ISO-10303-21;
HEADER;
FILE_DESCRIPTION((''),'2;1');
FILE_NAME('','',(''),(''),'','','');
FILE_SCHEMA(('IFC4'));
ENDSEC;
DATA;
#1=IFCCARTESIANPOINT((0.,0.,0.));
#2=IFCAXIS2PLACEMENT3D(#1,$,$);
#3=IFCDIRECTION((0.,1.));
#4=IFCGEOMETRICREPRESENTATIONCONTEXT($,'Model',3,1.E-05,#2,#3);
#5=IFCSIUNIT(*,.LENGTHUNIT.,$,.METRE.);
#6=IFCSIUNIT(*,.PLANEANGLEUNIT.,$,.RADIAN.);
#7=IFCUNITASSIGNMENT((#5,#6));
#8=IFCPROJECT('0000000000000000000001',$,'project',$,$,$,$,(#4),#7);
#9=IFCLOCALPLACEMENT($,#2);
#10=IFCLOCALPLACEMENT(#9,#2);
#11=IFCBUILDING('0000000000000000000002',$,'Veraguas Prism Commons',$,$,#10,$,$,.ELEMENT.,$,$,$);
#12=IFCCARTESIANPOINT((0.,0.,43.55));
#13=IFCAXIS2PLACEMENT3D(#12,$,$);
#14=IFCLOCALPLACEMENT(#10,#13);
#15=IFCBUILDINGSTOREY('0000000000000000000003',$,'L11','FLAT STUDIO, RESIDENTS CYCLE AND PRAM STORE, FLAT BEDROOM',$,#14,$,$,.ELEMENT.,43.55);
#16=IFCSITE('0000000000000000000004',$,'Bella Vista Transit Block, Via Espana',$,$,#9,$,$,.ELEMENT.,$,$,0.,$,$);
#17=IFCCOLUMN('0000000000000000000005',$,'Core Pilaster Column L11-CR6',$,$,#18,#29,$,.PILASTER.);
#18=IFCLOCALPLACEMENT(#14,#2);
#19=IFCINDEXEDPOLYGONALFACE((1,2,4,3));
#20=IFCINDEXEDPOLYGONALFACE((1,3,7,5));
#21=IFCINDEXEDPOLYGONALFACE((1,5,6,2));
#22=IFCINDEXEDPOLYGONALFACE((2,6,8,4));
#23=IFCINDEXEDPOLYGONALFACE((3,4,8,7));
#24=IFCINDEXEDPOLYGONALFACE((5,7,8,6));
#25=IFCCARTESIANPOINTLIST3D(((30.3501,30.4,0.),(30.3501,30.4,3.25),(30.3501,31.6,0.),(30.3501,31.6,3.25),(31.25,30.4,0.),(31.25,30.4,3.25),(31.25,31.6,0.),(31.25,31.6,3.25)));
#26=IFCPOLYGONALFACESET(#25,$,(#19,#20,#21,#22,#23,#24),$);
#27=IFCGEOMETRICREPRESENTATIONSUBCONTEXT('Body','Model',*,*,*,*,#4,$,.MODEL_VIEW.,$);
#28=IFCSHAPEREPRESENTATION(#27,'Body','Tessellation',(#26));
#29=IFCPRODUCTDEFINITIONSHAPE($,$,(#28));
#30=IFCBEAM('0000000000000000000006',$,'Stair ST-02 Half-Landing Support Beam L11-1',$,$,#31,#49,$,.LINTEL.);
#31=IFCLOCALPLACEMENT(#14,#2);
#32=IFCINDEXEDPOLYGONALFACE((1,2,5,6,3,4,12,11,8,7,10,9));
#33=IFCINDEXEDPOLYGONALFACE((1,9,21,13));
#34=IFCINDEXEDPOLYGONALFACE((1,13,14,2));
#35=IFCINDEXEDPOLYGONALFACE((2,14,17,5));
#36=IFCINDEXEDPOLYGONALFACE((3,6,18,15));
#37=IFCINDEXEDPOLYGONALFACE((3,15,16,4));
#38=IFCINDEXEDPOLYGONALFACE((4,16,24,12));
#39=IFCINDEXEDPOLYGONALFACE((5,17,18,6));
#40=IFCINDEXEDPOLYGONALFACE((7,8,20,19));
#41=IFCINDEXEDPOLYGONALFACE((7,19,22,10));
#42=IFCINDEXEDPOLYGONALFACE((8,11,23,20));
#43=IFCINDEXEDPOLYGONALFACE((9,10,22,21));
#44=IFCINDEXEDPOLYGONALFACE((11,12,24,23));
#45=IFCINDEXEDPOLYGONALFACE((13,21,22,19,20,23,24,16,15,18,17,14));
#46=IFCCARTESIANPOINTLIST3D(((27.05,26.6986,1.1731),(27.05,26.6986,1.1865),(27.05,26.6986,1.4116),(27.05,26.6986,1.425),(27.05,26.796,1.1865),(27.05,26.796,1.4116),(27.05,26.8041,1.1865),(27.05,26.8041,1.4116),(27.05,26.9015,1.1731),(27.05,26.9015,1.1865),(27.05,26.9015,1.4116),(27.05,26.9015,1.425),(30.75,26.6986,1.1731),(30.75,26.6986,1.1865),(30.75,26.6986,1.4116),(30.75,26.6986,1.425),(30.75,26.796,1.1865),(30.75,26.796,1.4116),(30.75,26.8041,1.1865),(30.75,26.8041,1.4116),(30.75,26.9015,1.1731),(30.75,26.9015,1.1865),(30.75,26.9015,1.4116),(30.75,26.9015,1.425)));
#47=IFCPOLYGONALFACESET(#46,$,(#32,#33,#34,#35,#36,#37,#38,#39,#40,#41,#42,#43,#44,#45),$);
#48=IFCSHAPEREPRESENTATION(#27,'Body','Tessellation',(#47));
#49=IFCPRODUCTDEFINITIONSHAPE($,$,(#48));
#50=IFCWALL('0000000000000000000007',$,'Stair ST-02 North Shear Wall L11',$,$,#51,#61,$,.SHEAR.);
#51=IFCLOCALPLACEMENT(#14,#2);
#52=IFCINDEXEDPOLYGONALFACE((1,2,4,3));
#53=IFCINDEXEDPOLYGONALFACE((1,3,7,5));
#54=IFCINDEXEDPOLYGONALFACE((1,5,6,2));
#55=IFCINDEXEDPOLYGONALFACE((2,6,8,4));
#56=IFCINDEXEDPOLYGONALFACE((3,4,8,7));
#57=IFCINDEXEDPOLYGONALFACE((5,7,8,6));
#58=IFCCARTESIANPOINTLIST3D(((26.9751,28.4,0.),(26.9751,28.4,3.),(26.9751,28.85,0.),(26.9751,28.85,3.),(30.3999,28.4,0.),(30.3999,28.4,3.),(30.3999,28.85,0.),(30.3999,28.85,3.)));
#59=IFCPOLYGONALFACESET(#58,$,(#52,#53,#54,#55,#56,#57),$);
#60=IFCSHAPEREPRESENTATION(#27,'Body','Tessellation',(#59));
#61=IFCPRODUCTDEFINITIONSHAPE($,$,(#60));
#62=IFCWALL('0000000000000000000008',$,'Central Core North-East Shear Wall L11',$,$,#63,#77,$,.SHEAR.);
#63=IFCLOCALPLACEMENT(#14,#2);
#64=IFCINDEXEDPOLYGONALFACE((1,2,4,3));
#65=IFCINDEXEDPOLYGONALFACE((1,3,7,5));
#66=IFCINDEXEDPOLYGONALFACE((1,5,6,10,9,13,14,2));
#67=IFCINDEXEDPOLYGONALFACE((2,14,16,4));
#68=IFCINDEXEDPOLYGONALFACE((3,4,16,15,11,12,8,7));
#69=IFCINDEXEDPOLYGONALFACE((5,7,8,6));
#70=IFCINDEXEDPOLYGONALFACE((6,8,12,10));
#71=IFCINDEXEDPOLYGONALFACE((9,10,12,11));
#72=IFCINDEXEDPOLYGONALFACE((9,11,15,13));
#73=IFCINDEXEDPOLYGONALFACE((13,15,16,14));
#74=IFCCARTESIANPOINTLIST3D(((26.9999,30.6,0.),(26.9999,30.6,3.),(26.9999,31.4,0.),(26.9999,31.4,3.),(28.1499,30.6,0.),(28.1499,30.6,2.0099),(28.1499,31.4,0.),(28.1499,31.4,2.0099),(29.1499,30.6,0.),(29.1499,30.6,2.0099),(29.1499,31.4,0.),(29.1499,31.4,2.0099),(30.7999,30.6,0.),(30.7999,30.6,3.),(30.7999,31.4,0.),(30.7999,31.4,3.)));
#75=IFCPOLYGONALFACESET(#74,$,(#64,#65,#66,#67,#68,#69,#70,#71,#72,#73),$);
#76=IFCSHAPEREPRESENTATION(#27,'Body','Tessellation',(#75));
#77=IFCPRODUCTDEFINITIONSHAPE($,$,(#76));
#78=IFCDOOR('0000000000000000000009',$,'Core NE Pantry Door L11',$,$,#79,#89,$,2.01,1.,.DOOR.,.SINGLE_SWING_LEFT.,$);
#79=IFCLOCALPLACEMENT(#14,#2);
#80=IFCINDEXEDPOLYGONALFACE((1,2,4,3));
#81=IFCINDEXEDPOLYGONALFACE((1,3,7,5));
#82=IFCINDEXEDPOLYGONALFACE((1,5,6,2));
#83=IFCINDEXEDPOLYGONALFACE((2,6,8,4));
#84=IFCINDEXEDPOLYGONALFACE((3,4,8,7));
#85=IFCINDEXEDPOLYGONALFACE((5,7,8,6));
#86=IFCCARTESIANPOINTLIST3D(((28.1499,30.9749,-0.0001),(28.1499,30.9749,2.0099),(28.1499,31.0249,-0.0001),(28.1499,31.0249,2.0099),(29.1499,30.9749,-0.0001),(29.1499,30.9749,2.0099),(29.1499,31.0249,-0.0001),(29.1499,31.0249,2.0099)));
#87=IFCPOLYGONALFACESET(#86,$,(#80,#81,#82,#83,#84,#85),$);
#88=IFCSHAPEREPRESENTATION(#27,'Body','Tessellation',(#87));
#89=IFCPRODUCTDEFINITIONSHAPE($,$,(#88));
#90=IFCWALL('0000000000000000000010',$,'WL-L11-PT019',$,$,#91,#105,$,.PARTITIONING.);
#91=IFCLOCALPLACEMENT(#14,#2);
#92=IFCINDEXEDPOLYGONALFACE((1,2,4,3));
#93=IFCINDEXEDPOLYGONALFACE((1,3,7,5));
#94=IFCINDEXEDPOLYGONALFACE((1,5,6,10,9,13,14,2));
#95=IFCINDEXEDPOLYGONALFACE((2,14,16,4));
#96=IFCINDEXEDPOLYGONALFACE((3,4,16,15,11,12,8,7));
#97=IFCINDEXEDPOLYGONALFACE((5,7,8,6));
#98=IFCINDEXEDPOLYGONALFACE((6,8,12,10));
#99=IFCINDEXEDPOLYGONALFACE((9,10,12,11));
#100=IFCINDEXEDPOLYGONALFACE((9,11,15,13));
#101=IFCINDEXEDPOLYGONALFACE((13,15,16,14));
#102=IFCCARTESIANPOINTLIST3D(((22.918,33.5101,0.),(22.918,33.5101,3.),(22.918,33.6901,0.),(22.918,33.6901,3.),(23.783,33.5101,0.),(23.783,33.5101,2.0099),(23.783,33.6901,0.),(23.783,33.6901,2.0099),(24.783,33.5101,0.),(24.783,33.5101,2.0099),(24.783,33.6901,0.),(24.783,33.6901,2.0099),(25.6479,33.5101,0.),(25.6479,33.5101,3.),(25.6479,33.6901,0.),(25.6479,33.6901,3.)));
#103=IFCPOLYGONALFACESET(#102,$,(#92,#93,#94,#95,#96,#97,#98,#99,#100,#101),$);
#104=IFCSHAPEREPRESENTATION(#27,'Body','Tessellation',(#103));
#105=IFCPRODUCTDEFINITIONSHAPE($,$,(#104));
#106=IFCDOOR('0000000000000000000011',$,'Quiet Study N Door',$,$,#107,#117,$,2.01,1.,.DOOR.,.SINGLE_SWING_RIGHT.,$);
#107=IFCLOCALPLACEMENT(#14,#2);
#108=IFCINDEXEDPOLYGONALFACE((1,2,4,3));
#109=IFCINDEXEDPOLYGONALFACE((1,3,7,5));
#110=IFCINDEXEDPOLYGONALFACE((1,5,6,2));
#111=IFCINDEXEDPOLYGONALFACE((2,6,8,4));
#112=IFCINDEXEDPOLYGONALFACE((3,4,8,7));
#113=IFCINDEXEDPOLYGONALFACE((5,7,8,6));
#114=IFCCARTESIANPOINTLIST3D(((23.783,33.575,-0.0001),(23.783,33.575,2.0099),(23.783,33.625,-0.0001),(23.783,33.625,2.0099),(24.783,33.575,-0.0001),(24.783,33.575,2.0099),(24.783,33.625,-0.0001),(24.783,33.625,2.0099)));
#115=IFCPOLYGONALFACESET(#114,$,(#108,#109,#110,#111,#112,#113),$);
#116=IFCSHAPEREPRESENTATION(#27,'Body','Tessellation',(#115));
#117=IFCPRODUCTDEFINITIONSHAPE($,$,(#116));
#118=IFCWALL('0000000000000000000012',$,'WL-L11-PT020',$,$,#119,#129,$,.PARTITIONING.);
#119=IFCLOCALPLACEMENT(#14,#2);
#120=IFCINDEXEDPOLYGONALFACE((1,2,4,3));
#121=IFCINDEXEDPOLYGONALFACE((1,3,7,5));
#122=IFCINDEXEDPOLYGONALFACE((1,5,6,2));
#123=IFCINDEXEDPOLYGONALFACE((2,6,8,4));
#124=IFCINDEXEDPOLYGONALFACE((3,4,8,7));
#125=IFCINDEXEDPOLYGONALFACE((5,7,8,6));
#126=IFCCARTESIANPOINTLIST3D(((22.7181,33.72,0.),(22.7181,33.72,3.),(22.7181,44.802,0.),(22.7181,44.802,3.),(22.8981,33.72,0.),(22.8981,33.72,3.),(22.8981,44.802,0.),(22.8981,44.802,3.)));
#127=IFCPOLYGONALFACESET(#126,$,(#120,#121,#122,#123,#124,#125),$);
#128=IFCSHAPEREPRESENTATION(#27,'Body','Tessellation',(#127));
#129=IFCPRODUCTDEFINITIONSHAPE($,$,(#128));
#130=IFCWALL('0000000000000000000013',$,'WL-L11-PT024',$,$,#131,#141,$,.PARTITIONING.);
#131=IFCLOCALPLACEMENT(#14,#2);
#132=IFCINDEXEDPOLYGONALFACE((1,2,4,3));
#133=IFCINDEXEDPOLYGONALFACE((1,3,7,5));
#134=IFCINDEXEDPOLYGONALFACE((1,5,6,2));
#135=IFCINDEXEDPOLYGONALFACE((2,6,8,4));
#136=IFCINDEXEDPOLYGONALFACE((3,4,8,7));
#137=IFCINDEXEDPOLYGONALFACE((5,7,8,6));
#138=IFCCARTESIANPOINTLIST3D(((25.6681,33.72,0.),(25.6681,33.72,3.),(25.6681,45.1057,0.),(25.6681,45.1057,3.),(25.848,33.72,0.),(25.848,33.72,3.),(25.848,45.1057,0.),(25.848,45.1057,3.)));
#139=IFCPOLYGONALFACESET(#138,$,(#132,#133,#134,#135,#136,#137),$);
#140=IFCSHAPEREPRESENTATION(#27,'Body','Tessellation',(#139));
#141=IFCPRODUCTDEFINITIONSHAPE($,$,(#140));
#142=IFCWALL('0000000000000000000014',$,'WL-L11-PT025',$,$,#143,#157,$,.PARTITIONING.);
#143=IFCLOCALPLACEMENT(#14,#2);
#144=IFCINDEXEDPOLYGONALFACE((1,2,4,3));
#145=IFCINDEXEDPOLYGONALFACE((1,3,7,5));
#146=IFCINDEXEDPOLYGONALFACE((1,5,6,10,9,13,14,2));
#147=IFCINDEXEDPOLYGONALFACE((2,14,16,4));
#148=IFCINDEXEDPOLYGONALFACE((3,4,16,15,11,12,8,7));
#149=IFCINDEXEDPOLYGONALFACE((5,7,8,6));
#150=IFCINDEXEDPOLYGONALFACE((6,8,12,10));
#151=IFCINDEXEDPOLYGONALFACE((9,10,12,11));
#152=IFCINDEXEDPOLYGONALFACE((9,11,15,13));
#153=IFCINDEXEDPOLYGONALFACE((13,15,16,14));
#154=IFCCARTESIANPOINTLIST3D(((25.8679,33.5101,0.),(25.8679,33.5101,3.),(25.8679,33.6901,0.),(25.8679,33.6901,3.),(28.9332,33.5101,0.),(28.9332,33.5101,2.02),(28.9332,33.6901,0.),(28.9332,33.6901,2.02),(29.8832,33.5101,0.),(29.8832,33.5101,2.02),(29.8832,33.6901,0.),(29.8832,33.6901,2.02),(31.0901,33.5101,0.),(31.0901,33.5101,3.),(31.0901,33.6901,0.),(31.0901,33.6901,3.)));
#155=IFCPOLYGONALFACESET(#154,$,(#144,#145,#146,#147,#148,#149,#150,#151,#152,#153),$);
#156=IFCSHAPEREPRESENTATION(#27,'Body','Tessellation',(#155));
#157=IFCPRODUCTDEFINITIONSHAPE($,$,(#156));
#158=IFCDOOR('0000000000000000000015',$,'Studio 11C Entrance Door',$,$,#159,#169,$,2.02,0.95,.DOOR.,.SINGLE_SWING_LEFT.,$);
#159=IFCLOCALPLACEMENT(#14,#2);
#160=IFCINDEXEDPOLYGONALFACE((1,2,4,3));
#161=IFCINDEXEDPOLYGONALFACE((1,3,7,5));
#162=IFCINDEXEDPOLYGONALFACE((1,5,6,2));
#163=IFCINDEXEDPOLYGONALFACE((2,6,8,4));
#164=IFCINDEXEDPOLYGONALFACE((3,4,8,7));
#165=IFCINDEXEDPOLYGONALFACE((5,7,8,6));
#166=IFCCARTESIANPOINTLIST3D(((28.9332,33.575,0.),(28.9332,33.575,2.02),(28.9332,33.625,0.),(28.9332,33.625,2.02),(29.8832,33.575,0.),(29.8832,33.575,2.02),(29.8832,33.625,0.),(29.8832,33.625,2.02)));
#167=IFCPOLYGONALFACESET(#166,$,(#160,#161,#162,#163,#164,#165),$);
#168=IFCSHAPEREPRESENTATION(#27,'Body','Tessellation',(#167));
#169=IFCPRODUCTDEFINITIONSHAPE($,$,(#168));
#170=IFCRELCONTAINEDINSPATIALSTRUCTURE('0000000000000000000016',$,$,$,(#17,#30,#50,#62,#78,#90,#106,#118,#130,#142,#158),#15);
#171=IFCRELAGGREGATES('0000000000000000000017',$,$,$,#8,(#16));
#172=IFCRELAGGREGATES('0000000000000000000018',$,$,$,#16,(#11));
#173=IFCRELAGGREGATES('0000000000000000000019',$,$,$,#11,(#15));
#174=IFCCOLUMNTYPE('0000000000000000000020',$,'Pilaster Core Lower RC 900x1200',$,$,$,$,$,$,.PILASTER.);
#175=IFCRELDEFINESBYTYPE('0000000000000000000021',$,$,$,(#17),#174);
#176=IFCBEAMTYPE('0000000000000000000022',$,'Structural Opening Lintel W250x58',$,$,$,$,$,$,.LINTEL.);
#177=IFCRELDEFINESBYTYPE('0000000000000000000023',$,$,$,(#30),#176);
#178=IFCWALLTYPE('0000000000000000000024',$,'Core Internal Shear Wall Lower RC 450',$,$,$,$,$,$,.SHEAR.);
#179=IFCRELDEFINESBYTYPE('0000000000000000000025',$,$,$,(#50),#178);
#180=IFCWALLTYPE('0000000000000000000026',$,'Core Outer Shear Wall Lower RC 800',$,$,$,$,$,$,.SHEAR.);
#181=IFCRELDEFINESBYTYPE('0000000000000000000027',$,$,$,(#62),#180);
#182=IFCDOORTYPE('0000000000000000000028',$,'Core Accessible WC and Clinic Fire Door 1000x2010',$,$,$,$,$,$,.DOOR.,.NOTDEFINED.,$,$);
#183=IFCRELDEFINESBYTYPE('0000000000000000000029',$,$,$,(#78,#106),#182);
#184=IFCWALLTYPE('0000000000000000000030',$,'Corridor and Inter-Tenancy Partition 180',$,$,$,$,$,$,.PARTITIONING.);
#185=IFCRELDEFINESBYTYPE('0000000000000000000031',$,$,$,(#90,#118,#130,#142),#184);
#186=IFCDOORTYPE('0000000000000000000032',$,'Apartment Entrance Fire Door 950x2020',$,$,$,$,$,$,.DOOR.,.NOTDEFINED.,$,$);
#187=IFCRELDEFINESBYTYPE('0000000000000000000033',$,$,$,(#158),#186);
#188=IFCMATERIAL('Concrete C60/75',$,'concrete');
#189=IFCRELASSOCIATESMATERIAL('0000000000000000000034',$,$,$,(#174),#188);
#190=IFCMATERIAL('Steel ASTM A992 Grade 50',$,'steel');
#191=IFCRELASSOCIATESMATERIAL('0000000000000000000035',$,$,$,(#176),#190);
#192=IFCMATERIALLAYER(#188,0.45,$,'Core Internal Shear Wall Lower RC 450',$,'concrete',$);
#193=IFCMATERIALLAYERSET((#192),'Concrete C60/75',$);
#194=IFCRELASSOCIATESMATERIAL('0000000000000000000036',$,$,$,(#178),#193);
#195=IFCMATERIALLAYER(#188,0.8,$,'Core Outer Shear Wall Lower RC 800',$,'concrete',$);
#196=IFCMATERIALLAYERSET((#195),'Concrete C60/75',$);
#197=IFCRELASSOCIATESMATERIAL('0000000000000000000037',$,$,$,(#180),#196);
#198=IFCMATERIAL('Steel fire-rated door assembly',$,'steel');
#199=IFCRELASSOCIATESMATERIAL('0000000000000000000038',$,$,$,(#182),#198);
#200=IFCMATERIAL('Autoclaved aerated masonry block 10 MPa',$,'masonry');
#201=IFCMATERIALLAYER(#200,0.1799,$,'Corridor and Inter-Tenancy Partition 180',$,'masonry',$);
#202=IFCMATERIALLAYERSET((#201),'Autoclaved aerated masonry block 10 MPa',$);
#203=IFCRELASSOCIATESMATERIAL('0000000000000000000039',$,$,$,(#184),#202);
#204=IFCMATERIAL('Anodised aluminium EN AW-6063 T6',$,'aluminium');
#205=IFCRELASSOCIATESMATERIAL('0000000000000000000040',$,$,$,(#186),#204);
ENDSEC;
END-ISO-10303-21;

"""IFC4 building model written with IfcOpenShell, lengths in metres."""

from ifc_helpers import new_model, si_unit, direction, frame, frame_2d, origin, origin_2d, place, context, subcontext, project, spatial, rectangle, i_section, extrude, source, transform, mapped, material, layer, layer_set, material_profile, profile_set, type_object, element, fill, save


model = new_model("IFC4")

# Units and contexts
model_context = context("Model", 3, precision=1e-05, world=origin(), true_north=direction((0.0, 1.0)))
body_context = subcontext(model_context, "Body", "Model", "MODEL_VIEW")
ifc_project = project(units=[si_unit("LENGTHUNIT", "METRE"), si_unit("PLANEANGLEUNIT", "RADIAN")], contexts=[model_context])

# Site, building, storey
site_placement = place(None, origin())
site = spatial("IfcSite", under=ifc_project, at=site_placement, Name="Bella Vista Transit Block, Via Espana", CompositionType="ELEMENT", RefElevation=0.0)
building_placement = place(site_placement, origin())
building = spatial("IfcBuilding", under=site, at=building_placement, Name="Veraguas Prism Commons", CompositionType="ELEMENT")
storey_placement = place(building_placement, frame((0.0, 0.0, 43.55)))
storey = spatial("IfcBuildingStorey", under=building, at=storey_placement, Name="L11", Description="FLAT STUDIO, RESIDENTS CYCLE AND PRAM STORE, FLAT BEDROOM", CompositionType="ELEMENT", Elevation=43.55)

# Column
ifc_material_1 = material(Name="Concrete C60/75", Category="concrete")
ifc_material_profile_1 = material_profile(ifc_material_1, rectangle(XDim=0.8999, YDim=1.2, at=origin_2d()), Name="RC900X1200")
ifc_profile_set_1 = profile_set([ifc_material_profile_1], Name="Concrete C60/75")
column_type = type_object("IfcColumnType", Name="Pilaster Core Lower RC 900x1200", PredefinedType="PILASTER", material=ifc_profile_set_1)
column_placement = place(storey_placement, frame((30.8, 31.0, 0.0), z_axis=(0.0, 0.0, 1.0), x_axis=(1.0, 0.0, 0.0)))
element("IfcColumn", 1, at=column_placement, inside=storey, type_object=column_type, Name="Core Pilaster Column L11-CR6", PredefinedType="PILASTER", context=body_context, shape_type="SweptSolid", body=[
    extrude(rectangle(XDim=0.8999, YDim=1.2, at=origin_2d()), origin(), (0.0, 0.0, 1.0), 3.25),
])

# Beam
ifc_material_2 = material(Name="Steel ASTM A992 Grade 50", Category="steel")
ifc_material_profile_2 = material_profile(ifc_material_2, i_section(OverallWidth=0.2029, OverallDepth=0.252, WebThickness=0.0081, FlangeThickness=0.0134, at=origin_2d()), Name="W250X58")
ifc_profile_set_2 = profile_set([ifc_material_profile_2], Name="Steel ASTM A992 Grade 50")
beam_type = type_object("IfcBeamType", Name="Structural Opening Lintel W250x58", PredefinedType="LINTEL", material=ifc_profile_set_2)
beam_placement = place(storey_placement, frame((27.05, 26.8, 1.2991), z_axis=(1.0, 0.0, 0.0), x_axis=(0.0, 1.0, 0.0)))
element("IfcBeam", 2, at=beam_placement, inside=storey, type_object=beam_type, Name="Stair ST-02 Half-Landing Support Beam L11-1", PredefinedType="LINTEL", context=body_context, shape_type="SweptSolid", body=[
    extrude(i_section(OverallWidth=0.2029, OverallDepth=0.252, WebThickness=0.0081, FlangeThickness=0.0134, at=origin_2d()), origin(), (0.0, 0.0, 1.0), 3.7),
])

# Wall
ifc_layer_1 = layer(ifc_material_1, 0.45, Name="Core Internal Shear Wall Lower RC 450", Category="concrete")
ifc_layer_set_1 = layer_set([ifc_layer_1], Name="Concrete C60/75")
wall_type_1 = type_object("IfcWallType", Name="Core Internal Shear Wall Lower RC 450", PredefinedType="SHEAR", material=ifc_layer_set_1)
wall_1_placement = place(storey_placement, frame((26.9751, 28.625, 0.0), z_axis=(0.0, 0.0, 1.0), x_axis=(1.0, 0.0, 0.0)))
element("IfcWall", 3, at=wall_1_placement, inside=storey, type_object=wall_type_1, Name="Stair ST-02 North Shear Wall L11", PredefinedType="SHEAR", context=body_context, shape_type="SweptSolid", body=[
    extrude(rectangle(XDim=3.4248, YDim=0.45, at=frame_2d((1.7124, 0.0))), origin(), (0.0, 0.0, 1.0), 3.0),
])

# Walls, openings, doors
ifc_layer_2 = layer(ifc_material_1, 0.8, Name="Core Outer Shear Wall Lower RC 800", Category="concrete")
ifc_layer_set_2 = layer_set([ifc_layer_2], Name="Concrete C60/75")
wall_type_2 = type_object("IfcWallType", Name="Core Outer Shear Wall Lower RC 800", PredefinedType="SHEAR", material=ifc_layer_set_2)
wall_2_placement = place(storey_placement, frame((27.0, 31.0, 0.0), z_axis=(0.0, 0.0, 1.0), x_axis=(1.0, 0.0, 0.0)))
wall_2 = element("IfcWall", 4, at=wall_2_placement, inside=storey, type_object=wall_type_2, Name="Central Core North-East Shear Wall L11", PredefinedType="SHEAR", context=body_context, shape_type="SweptSolid", body=[
    extrude(rectangle(XDim=3.8, YDim=0.8, at=frame_2d((1.8999, 0.0))), origin(), (0.0, 0.0, 1.0), 3.0),
])
opening_1_placement = place(wall_2_placement, frame((1.1499, 0.0, 0.0)))
opening_1 = element("IfcOpeningElement", 5, at=opening_1_placement, cuts=wall_2, PredefinedType="OPENING", context=body_context, shape_type="SweptSolid", body=[
    extrude(rectangle(XDim=1.0, YDim=2.01, at=frame_2d((0.5, 1.0049))), frame((0.0, 0.4099, 0.0), z_axis=(0.0, -1.0, 0.0), x_axis=(1.0, 0.0, 0.0)), (0.0, 0.0, 1.0), 0.8201),
])
ifc_material_3 = material(Name="Steel fire-rated door assembly", Category="steel")
door_type_1 = type_object("IfcDoorType", Name="Core Accessible WC and Clinic Fire Door 1000x2010", OperationType="NOTDEFINED", PredefinedType="DOOR", material=ifc_material_3)
shared_shape_1 = source(origin(), body_context, "Body", "SweptSolid", [
    extrude(rectangle(XDim=1.0, YDim=2.01, at=frame_2d((0.5, 1.0049))), frame((0.0, 0.0249, 0.0), z_axis=(0.0, -1.0, 0.0), x_axis=(1.0, 0.0, 0.0)), (0.0, 0.0, 1.0), 0.05),
])
door_1_placement = place(opening_1_placement, origin())
door_1 = element("IfcDoor", 6, at=door_1_placement, inside=storey, type_object=door_type_1, Name="Core NE Pantry Door L11", OperationType="SINGLE_SWING_LEFT", OverallHeight=2.01, OverallWidth=1.0, PredefinedType="DOOR", context=body_context, shape_type="MappedRepresentation", body=[
    mapped(shared_shape_1, transform((0.0, 0.0, 0.0), scale=1.0)),
])
fill(opening_1, door_1)
ifc_material_4 = material(Name="Autoclaved aerated masonry block 10 MPa", Category="masonry")
ifc_layer_3 = layer(ifc_material_4, 0.1799, Name="Corridor and Inter-Tenancy Partition 180", Category="masonry")
ifc_layer_set_3 = layer_set([ifc_layer_3], Name="Autoclaved aerated masonry block 10 MPa")
wall_type_3 = type_object("IfcWallType", Name="Corridor and Inter-Tenancy Partition 180", PredefinedType="PARTITIONING", material=ifc_layer_set_3)
wall_3_placement = place(storey_placement, frame((22.918, 33.6001, 0.0), z_axis=(0.0, 0.0, 1.0), x_axis=(1.0, 0.0, 0.0)))
wall_3 = element("IfcWall", 7, at=wall_3_placement, inside=storey, type_object=wall_type_3, Name="WL-L11-PT019", PredefinedType="PARTITIONING", context=body_context, shape_type="SweptSolid", body=[
    extrude(rectangle(XDim=2.73, YDim=0.1799, at=frame_2d((1.365, 0.0))), origin(), (0.0, 0.0, 1.0), 3.0),
])
opening_2_placement = place(wall_3_placement, frame((0.865, 0.0, 0.0)))
opening_2 = element("IfcOpeningElement", 8, at=opening_2_placement, cuts=wall_3, PredefinedType="OPENING", context=body_context, shape_type="SweptSolid", body=[
    extrude(rectangle(XDim=1.0, YDim=2.01, at=frame_2d((0.5, 1.0049))), frame((0.0, 0.0999, 0.0), z_axis=(0.0, -1.0, 0.0), x_axis=(1.0, 0.0, 0.0)), (0.0, 0.0, 1.0), 0.2),
])
door_2_placement = place(opening_2_placement, origin())
door_2 = element("IfcDoor", 9, at=door_2_placement, inside=storey, type_object=door_type_1, Name="Quiet Study N Door", OperationType="SINGLE_SWING_RIGHT", OverallHeight=2.01, OverallWidth=1.0, PredefinedType="DOOR", context=body_context, shape_type="MappedRepresentation", body=[
    mapped(shared_shape_1, transform((0.0, 0.0, 0.0), scale=1.0)),
])
fill(opening_2, door_2)

# Walls
wall_4_placement = place(storey_placement, frame((22.8081, 33.72, 0.0), z_axis=(0.0, 0.0, 1.0), x_axis=(0.0, 1.0, 0.0)))
element("IfcWall", 10, at=wall_4_placement, inside=storey, type_object=wall_type_3, Name="WL-L11-PT020", PredefinedType="PARTITIONING", context=body_context, shape_type="SweptSolid", body=[
    extrude(rectangle(XDim=11.082, YDim=0.1799, at=frame_2d((5.541, 0.0))), origin(), (0.0, 0.0, 1.0), 3.0),
])
wall_5_placement = place(storey_placement, frame((25.7581, 33.72, 0.0), z_axis=(0.0, 0.0, 1.0), x_axis=(0.0, 1.0, 0.0)))
element("IfcWall", 11, at=wall_5_placement, inside=storey, type_object=wall_type_3, Name="WL-L11-PT024", PredefinedType="PARTITIONING", context=body_context, shape_type="SweptSolid", body=[
    extrude(rectangle(XDim=11.3857, YDim=0.1799, at=frame_2d((5.6929, 0.0))), origin(), (0.0, 0.0, 1.0), 3.0),
])

# Wall, opening, door
wall_6_placement = place(storey_placement, frame((25.8679, 33.6001, 0.0), z_axis=(0.0, 0.0, 1.0), x_axis=(1.0, 0.0, 0.0)))
wall_6 = element("IfcWall", 12, at=wall_6_placement, inside=storey, type_object=wall_type_3, Name="WL-L11-PT025", PredefinedType="PARTITIONING", context=body_context, shape_type="SweptSolid", body=[
    extrude(rectangle(XDim=5.2222, YDim=0.1799, at=frame_2d((2.6111, 0.0))), origin(), (0.0, 0.0, 1.0), 3.0),
])
opening_3_placement = place(wall_6_placement, frame((3.0652, 0.0, 0.0)))
opening_3 = element("IfcOpeningElement", 13, at=opening_3_placement, cuts=wall_6, PredefinedType="OPENING", context=body_context, shape_type="SweptSolid", body=[
    extrude(rectangle(XDim=0.95, YDim=2.02, at=frame_2d((0.4751, 1.01))), frame((0.0, 0.0999, 0.0), z_axis=(0.0, -1.0, 0.0), x_axis=(1.0, 0.0, 0.0)), (0.0, 0.0, 1.0), 0.2),
])
ifc_material_5 = material(Name="Anodised aluminium EN AW-6063 T6", Category="aluminium")
door_type_2 = type_object("IfcDoorType", Name="Apartment Entrance Fire Door 950x2020", OperationType="NOTDEFINED", PredefinedType="DOOR", material=ifc_material_5)
shared_shape_2 = source(origin(), body_context, "Body", "SweptSolid", [
    extrude(rectangle(XDim=0.95, YDim=2.02, at=frame_2d((0.4751, 1.01))), frame((0.0, 0.0249, 0.0), z_axis=(0.0, -1.0, 0.0), x_axis=(1.0, 0.0, 0.0)), (0.0, 0.0, 1.0), 0.05),
])
door_3_placement = place(opening_3_placement, origin())
door_3 = element("IfcDoor", 14, at=door_3_placement, inside=storey, type_object=door_type_2, Name="Studio 11C Entrance Door", OperationType="SINGLE_SWING_LEFT", OverallHeight=2.02, OverallWidth=0.95, PredefinedType="DOOR", context=body_context, shape_type="MappedRepresentation", body=[
    mapped(shared_shape_2, transform((0.0, 0.0, 0.0), scale=1.0)),
])
fill(opening_3, door_3)

save(model, "model.ifc")
